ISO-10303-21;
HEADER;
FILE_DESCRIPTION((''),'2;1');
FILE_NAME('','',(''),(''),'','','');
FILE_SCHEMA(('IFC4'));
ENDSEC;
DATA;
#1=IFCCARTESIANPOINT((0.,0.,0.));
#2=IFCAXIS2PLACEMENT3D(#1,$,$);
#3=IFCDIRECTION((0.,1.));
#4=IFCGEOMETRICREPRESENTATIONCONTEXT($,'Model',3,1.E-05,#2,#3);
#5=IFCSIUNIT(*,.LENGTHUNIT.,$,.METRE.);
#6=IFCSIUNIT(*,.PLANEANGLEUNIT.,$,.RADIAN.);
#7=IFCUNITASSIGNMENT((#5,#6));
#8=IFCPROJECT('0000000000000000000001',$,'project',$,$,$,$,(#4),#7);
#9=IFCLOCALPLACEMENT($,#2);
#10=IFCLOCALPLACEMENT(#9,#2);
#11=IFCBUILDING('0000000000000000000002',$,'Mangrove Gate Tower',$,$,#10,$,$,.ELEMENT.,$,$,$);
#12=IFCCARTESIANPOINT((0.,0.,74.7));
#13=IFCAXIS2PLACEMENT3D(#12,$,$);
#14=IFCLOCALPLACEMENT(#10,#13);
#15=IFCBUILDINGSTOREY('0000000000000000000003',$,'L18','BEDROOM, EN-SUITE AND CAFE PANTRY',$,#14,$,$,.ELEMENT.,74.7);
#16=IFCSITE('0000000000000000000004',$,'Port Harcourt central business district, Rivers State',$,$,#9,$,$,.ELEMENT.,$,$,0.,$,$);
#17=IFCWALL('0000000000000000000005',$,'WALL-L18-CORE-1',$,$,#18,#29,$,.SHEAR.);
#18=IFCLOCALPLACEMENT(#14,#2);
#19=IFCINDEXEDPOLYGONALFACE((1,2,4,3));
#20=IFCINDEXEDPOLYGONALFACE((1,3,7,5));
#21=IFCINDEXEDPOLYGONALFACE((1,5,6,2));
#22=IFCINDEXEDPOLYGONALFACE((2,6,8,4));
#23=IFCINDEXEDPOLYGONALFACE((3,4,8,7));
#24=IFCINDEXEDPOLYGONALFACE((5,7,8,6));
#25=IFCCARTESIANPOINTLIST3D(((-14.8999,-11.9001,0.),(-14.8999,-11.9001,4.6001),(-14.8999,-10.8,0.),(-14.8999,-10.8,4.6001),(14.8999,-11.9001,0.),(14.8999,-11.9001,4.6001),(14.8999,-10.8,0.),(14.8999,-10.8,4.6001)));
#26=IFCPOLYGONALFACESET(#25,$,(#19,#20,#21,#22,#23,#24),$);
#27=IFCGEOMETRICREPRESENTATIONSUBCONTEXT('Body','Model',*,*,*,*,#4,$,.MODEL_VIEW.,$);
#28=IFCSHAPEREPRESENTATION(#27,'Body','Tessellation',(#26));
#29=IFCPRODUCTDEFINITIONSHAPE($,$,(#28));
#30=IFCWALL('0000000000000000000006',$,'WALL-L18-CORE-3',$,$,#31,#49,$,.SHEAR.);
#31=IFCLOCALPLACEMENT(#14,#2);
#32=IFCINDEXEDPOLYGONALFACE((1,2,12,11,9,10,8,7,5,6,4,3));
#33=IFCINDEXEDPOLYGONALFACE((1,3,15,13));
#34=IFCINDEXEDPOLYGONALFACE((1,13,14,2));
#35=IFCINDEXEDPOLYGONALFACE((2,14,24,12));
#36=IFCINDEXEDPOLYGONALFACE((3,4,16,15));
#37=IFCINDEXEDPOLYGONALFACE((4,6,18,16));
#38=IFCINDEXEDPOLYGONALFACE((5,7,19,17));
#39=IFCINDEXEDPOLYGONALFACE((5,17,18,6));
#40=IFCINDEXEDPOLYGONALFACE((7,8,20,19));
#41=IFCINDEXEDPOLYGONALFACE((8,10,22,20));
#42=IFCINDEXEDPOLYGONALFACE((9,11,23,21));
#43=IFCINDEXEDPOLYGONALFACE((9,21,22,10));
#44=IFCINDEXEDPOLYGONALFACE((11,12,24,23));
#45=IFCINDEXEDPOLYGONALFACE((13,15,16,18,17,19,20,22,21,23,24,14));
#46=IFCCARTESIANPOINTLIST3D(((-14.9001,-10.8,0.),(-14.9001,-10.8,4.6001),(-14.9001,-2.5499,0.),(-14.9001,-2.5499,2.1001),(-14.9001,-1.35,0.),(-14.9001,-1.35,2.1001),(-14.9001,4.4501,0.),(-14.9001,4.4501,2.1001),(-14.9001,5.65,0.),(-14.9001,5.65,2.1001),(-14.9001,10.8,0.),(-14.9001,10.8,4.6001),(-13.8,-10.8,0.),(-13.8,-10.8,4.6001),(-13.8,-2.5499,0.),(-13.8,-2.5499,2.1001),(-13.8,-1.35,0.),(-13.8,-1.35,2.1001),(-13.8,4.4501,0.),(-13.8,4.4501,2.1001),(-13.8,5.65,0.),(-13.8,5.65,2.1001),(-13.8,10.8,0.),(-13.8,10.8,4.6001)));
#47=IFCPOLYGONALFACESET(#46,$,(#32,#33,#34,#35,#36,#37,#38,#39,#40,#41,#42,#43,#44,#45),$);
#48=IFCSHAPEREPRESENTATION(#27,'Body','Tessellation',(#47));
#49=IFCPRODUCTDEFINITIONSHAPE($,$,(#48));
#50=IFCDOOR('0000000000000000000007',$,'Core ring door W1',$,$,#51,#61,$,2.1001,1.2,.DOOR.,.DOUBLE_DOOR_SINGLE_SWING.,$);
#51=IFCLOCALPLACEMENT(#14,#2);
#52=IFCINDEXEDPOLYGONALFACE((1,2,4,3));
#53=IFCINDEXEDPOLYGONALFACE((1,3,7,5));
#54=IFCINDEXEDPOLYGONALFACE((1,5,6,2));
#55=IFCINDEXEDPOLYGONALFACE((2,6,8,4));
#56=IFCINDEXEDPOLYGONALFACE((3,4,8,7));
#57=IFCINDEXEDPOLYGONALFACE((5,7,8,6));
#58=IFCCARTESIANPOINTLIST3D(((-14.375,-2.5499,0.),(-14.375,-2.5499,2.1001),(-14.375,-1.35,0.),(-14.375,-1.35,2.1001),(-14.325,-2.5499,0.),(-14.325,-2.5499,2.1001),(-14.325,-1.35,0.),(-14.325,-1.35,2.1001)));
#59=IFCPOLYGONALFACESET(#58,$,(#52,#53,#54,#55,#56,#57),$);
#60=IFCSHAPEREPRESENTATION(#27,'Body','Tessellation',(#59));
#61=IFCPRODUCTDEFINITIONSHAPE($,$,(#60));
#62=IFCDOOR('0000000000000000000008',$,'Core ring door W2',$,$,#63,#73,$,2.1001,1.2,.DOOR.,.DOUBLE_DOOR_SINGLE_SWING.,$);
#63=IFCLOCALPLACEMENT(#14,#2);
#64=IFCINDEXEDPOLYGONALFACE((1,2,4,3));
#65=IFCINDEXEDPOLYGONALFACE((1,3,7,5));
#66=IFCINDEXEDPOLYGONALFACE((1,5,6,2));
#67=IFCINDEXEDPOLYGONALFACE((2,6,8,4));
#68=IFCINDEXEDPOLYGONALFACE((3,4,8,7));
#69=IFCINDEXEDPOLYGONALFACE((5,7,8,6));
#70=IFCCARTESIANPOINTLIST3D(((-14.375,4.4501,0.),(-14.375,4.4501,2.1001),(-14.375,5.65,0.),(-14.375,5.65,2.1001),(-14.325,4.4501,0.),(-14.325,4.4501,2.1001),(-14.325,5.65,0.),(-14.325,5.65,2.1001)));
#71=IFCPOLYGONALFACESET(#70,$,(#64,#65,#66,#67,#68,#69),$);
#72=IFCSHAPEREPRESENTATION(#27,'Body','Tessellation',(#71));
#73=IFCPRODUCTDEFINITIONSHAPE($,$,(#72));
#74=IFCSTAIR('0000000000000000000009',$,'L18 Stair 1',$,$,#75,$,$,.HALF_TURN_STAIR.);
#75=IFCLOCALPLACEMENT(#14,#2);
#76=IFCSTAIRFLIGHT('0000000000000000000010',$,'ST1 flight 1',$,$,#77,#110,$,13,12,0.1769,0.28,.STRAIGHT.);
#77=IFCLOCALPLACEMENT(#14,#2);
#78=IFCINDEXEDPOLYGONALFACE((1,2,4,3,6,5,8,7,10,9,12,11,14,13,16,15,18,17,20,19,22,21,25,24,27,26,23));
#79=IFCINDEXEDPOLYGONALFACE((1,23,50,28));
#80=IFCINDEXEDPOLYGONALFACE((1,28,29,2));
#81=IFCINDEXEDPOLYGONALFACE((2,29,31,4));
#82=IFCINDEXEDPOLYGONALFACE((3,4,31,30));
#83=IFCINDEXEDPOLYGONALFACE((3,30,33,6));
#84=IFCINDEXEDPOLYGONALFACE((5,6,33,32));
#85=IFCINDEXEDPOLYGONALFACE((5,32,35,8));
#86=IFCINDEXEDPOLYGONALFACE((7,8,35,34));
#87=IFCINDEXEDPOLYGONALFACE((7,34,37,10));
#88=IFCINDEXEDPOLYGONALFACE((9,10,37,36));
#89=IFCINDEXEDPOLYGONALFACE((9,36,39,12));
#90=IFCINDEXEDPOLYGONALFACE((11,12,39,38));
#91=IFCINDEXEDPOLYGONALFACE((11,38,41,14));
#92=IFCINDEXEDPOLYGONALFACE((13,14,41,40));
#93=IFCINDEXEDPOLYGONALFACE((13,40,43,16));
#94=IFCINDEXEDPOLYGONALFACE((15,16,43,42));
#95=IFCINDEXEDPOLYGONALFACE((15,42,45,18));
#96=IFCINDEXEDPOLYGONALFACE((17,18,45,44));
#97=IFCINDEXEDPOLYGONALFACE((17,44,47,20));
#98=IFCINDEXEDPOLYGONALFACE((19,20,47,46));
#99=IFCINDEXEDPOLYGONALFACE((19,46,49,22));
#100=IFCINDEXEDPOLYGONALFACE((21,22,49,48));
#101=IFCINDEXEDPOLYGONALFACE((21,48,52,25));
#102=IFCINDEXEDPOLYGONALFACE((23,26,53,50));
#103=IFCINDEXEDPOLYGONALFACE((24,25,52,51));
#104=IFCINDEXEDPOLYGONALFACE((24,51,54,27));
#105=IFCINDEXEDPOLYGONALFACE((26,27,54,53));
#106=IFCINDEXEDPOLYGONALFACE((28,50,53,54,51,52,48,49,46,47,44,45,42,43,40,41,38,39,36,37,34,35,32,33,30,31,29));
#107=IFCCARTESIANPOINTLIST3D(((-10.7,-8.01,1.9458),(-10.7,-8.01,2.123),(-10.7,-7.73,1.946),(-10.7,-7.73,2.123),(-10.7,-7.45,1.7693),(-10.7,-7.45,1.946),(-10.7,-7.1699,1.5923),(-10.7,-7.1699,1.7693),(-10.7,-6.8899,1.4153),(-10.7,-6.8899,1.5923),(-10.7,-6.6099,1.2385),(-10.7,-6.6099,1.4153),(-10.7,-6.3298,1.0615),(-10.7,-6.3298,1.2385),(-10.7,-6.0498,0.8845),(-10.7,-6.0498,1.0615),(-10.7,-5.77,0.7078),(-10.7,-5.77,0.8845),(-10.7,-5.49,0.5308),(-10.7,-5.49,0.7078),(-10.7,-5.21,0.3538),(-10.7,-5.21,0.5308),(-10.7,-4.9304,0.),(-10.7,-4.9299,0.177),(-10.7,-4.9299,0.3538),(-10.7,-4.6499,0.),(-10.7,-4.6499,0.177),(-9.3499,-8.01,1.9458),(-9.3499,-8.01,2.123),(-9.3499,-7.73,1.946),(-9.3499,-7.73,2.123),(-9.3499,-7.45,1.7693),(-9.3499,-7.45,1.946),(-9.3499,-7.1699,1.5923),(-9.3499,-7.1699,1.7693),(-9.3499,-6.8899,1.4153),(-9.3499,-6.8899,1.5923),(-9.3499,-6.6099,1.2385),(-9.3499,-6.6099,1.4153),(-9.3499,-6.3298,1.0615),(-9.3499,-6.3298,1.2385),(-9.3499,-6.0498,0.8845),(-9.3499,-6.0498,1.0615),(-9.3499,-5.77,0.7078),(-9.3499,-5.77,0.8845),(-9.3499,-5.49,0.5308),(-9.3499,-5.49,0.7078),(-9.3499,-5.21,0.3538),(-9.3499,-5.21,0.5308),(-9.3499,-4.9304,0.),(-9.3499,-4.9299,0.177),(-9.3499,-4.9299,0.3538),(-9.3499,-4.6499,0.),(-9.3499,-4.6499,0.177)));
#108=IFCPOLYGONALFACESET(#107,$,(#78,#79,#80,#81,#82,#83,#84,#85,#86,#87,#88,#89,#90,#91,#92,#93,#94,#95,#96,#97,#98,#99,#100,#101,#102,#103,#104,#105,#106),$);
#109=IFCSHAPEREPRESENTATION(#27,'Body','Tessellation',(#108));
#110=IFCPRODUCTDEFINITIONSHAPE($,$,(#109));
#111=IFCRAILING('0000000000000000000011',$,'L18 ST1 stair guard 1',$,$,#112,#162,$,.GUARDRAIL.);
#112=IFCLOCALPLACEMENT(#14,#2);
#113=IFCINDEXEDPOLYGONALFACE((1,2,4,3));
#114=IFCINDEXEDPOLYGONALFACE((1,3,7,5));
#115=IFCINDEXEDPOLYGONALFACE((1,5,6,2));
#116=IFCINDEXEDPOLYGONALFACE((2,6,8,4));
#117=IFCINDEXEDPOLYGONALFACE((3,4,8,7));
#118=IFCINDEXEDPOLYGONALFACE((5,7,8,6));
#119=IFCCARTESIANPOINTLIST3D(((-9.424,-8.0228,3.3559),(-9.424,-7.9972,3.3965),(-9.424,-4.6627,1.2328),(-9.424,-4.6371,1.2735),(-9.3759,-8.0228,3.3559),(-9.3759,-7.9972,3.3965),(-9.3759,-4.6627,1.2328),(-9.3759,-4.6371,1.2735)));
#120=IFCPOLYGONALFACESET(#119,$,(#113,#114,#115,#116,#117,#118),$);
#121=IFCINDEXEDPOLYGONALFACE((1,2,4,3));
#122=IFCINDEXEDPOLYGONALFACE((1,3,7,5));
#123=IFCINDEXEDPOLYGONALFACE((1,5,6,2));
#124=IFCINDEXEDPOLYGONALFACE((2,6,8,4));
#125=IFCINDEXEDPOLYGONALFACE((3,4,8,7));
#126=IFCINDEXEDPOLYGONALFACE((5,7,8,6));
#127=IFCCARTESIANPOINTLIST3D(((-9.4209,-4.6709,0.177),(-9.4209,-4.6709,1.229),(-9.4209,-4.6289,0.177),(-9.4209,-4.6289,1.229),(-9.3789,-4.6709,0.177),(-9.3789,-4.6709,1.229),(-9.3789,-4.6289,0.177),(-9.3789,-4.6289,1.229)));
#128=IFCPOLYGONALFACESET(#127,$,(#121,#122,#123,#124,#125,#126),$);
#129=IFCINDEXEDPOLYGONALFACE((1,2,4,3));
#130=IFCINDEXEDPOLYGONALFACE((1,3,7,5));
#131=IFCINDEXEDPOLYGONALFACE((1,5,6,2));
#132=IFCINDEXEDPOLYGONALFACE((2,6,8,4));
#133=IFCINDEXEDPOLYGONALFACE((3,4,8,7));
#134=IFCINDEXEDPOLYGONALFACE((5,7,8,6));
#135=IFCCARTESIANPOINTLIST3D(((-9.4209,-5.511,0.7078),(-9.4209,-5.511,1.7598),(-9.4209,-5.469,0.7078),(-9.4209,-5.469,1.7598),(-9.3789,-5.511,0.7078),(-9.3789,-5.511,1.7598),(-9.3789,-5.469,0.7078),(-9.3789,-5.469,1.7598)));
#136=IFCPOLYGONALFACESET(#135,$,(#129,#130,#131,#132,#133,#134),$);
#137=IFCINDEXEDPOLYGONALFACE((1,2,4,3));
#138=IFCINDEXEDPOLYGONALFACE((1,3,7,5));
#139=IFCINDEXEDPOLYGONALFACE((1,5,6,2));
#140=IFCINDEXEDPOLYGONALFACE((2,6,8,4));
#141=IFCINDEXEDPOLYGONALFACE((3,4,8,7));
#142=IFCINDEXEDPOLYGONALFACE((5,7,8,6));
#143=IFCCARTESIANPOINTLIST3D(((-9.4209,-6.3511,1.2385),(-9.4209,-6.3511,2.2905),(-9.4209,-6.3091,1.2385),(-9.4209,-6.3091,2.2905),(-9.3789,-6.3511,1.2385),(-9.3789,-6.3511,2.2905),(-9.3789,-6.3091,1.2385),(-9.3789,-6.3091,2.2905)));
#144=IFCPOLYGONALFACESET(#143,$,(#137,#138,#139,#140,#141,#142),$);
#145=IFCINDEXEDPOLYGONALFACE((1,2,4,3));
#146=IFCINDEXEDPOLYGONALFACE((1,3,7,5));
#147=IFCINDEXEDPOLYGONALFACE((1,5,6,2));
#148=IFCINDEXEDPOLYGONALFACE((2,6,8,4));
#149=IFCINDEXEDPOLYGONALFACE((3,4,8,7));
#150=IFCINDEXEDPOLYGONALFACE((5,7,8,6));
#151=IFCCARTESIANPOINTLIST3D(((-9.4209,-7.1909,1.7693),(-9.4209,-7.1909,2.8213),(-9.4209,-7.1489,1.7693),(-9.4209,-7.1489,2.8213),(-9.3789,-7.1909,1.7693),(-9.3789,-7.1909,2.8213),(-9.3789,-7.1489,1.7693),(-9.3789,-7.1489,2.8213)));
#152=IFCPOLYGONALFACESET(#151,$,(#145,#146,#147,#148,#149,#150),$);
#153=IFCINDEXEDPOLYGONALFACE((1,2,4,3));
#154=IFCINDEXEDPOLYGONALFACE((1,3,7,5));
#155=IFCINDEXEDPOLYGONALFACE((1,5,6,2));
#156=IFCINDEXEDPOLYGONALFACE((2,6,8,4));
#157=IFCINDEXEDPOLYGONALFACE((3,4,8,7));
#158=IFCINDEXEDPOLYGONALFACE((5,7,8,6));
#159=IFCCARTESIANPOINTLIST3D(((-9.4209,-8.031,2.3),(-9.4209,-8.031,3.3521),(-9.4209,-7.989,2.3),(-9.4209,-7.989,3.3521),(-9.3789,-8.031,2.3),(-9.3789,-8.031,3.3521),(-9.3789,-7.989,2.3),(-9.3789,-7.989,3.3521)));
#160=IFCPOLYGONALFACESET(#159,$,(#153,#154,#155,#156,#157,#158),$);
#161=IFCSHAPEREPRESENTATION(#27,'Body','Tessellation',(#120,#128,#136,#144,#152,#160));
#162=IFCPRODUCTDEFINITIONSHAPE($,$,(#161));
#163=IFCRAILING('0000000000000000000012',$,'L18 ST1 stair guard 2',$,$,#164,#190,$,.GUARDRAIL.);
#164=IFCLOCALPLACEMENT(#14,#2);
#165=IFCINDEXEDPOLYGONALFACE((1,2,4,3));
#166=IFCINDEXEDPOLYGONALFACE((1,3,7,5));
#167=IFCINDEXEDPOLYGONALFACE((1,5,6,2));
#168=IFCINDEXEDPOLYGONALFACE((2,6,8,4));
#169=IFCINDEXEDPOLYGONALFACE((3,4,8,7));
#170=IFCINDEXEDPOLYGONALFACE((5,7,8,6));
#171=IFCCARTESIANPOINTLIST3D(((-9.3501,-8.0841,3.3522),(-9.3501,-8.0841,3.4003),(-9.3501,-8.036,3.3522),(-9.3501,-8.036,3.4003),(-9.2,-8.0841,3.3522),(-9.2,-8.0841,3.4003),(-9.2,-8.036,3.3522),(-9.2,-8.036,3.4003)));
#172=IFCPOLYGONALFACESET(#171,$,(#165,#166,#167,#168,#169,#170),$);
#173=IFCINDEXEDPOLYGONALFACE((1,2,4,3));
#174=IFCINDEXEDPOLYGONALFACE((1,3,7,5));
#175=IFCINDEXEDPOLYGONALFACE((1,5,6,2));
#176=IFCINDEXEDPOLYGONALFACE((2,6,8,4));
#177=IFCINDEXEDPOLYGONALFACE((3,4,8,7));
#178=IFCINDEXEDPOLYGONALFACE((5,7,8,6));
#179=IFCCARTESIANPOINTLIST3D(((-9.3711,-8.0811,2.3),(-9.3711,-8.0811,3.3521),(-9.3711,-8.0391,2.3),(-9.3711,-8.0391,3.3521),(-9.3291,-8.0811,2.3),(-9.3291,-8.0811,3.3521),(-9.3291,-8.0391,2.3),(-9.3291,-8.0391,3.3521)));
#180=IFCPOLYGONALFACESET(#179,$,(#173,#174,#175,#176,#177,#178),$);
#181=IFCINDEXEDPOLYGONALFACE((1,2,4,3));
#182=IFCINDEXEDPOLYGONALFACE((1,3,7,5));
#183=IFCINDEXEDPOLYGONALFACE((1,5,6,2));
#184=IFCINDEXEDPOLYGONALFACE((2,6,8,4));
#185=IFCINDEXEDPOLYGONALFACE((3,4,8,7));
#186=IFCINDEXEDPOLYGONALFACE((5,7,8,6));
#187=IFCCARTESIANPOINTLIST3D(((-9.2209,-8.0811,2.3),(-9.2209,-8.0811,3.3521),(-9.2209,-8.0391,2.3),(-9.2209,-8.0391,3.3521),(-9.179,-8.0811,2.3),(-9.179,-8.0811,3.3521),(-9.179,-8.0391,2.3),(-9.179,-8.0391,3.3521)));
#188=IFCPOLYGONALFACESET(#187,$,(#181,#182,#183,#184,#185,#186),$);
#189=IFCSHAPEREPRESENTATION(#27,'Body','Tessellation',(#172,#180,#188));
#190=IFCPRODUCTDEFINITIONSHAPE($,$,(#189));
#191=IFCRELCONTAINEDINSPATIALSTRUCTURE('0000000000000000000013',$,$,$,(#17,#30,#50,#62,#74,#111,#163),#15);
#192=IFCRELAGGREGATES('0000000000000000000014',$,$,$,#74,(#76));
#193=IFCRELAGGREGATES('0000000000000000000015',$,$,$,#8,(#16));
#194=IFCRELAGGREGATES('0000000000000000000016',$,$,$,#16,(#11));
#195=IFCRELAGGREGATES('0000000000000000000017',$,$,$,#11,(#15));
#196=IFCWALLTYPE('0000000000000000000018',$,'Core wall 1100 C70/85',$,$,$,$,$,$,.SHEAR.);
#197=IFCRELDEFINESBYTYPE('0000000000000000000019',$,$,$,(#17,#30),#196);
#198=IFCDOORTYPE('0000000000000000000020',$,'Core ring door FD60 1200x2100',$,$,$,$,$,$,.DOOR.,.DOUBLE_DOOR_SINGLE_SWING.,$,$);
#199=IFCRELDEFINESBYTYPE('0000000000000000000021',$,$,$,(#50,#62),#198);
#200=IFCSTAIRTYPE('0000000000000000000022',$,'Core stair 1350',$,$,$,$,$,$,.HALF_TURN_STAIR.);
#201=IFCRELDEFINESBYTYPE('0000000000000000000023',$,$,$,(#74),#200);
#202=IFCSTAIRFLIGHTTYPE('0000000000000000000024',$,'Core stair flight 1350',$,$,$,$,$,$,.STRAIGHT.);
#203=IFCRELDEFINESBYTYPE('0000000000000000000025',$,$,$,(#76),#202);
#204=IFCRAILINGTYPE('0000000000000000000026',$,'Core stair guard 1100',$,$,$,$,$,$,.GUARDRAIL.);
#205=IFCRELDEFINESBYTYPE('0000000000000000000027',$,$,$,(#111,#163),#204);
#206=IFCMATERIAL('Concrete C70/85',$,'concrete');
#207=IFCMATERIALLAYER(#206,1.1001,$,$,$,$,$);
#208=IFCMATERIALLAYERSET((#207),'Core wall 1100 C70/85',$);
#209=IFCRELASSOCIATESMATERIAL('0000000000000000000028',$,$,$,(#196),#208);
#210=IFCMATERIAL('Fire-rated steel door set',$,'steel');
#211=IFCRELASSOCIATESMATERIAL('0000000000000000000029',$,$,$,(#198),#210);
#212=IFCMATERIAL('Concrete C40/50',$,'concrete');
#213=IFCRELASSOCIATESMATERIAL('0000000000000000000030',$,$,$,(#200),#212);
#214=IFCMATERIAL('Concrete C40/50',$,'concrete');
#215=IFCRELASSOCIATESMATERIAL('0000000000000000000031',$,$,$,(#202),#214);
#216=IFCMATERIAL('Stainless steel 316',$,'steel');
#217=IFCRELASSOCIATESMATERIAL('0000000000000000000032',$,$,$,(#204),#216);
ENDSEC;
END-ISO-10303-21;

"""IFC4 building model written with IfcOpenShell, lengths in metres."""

from ifc_helpers import new_model, si_unit, direction, frame, frame_2d, origin, origin_2d, place, context, subcontext, project, spatial, polyline, rectangle, outline, extrude, material, layer, layer_set, type_object, element, fill, aggregate, save


model = new_model("IFC4")

# Units and contexts
model_context = context("Model", 3, precision=1e-05, world=origin(), true_north=direction((0.0, 1.0)))
body_context = subcontext(model_context, "Body", "Model", "MODEL_VIEW")
ifc_project = project(units=[si_unit("LENGTHUNIT", "METRE"), si_unit("PLANEANGLEUNIT", "RADIAN")], contexts=[model_context])

# Site, building, storey
site_placement = place(None, origin())
site = spatial("IfcSite", under=ifc_project, at=site_placement, Name="Port Harcourt central business district, Rivers State", CompositionType="ELEMENT", RefElevation=0.0)
building_placement = place(site_placement, origin())
building = spatial("IfcBuilding", under=site, at=building_placement, Name="Mangrove Gate Tower", CompositionType="ELEMENT")
storey_placement = place(building_placement, frame((0.0, 0.0, 74.7)))
storey = spatial("IfcBuildingStorey", under=building, at=storey_placement, Name="L18", Description="BEDROOM, EN-SUITE AND CAFE PANTRY", CompositionType="ELEMENT", Elevation=74.7)

# Wall
ifc_material_1 = material(Name="Concrete C70/85", Category="concrete")
ifc_layer_1 = layer(ifc_material_1, 1.1001)
ifc_layer_set_1 = layer_set([ifc_layer_1], Name="Core wall 1100 C70/85")
wall_type_1 = type_object("IfcWallType", Name="Core wall 1100 C70/85", PredefinedType="SHEAR", material=ifc_layer_set_1)
wall_1_placement = place(storey_placement, frame((-14.8999, -11.3501, 0.0), z_axis=(0.0, 0.0, 1.0), x_axis=(1.0, 0.0, 0.0)))
element("IfcWall", 1, at=wall_1_placement, inside=storey, type_object=wall_type_1, Name="WALL-L18-CORE-1", PredefinedType="SHEAR", context=body_context, shape_type="SweptSolid", body=[
    extrude(rectangle(XDim=29.7998, YDim=1.1001, at=frame_2d((14.8999, 0.0))), origin(), (0.0, 0.0, 1.0), 4.6001),
])

# Wall, openings, doors
wall_2_placement = place(storey_placement, frame((-14.3501, -10.8, 0.0), z_axis=(0.0, 0.0, 1.0), x_axis=(0.0, 1.0, 0.0)))
wall_2 = element("IfcWall", 2, at=wall_2_placement, inside=storey, type_object=wall_type_1, Name="WALL-L18-CORE-3", PredefinedType="SHEAR", context=body_context, shape_type="SweptSolid", body=[
    extrude(rectangle(XDim=21.6001, YDim=1.1001, at=frame_2d((10.8, 0.0))), origin(), (0.0, 0.0, 1.0), 4.6001),
])
opening_1_placement = place(wall_2_placement, frame((8.25, 0.0, 0.0)))
opening_1 = element("IfcOpeningElement", 3, at=opening_1_placement, cuts=wall_2, PredefinedType="OPENING", context=body_context, shape_type="SweptSolid", body=[
    extrude(rectangle(XDim=1.2, YDim=2.1001, at=frame_2d((0.6001, 1.05))), frame((0.0, 0.5601, 0.0), z_axis=(0.0, -1.0, 0.0), x_axis=(1.0, 0.0, 0.0)), (0.0, 0.0, 1.0), 1.1201),
])
opening_2_placement = place(wall_2_placement, frame((15.25, 0.0, 0.0)))
opening_2 = element("IfcOpeningElement", 4, at=opening_2_placement, cuts=wall_2, PredefinedType="OPENING", context=body_context, shape_type="SweptSolid", body=[
    extrude(rectangle(XDim=1.2, YDim=2.1001, at=frame_2d((0.6001, 1.05))), frame((0.0, 0.5601, 0.0), z_axis=(0.0, -1.0, 0.0), x_axis=(1.0, 0.0, 0.0)), (0.0, 0.0, 1.0), 1.1201),
])
ifc_material_2 = material(Name="Fire-rated steel door set", Category="steel")
door_type_1 = type_object("IfcDoorType", Name="Core ring door FD60 1200x2100", OperationType="DOUBLE_DOOR_SINGLE_SWING", PredefinedType="DOOR", material=ifc_material_2)
door_1_placement = place(opening_1_placement, origin())
door_1 = element("IfcDoor", 5, at=door_1_placement, inside=storey, type_object=door_type_1, Name="Core ring door W1", OperationType="DOUBLE_DOOR_SINGLE_SWING", OverallHeight=2.1001, OverallWidth=1.2, PredefinedType="DOOR", context=body_context, shape_type="SweptSolid", body=[
    extrude(rectangle(XDim=1.2, YDim=2.1001, at=frame_2d((0.6001, 1.05))), frame((0.0, 0.0249, 0.0), z_axis=(0.0, -1.0, 0.0), x_axis=(1.0, 0.0, 0.0)), (0.0, 0.0, 1.0), 0.05),
])
fill(opening_1, door_1)
door_2_placement = place(opening_2_placement, origin())
door_2 = element("IfcDoor", 6, at=door_2_placement, inside=storey, type_object=door_type_1, Name="Core ring door W2", OperationType="DOUBLE_DOOR_SINGLE_SWING", OverallHeight=2.1001, OverallWidth=1.2, PredefinedType="DOOR", context=body_context, shape_type="SweptSolid", body=[
    extrude(rectangle(XDim=1.2, YDim=2.1001, at=frame_2d((0.6001, 1.05))), frame((0.0, 0.0249, 0.0), z_axis=(0.0, -1.0, 0.0), x_axis=(1.0, 0.0, 0.0)), (0.0, 0.0, 1.0), 0.05),
])
fill(opening_2, door_2)

# Stair, stair flight
ifc_material_3 = material(Name="Concrete C40/50", Category="concrete")
stair_type = type_object("IfcStairType", Name="Core stair 1350", PredefinedType="HALF_TURN_STAIR", material=ifc_material_3)
stair_placement = place(storey_placement, origin())
stair = element("IfcStair", 7, at=stair_placement, inside=storey, type_object=stair_type, Name="L18 Stair 1", PredefinedType="HALF_TURN_STAIR")
ifc_material_4 = material(Name="Concrete C40/50", Category="concrete")
stair_flight_type = type_object("IfcStairFlightType", Name="Core stair flight 1350", PredefinedType="STRAIGHT", material=ifc_material_4)
stair_flight_placement = place(storey_placement, frame((-10.0249, -4.6499, 0.0), z_axis=(0.0, 0.0, 1.0), x_axis=(0.0, -1.0, 0.0)))
stair_flight = element("IfcStairFlight", 8, at=stair_flight_placement, type_object=stair_flight_type, Name="ST1 flight 1", NumberOfRisers=13, NumberOfTreads=12, PredefinedType="STRAIGHT", RiserHeight=0.1769, TreadLength=0.28, context=body_context, shape_type="SweptSolid", body=[
    extrude(outline(polyline([(0.0, 0.0), (0.0, 0.177), (0.28, 0.177), (0.28, 0.3538), (0.5601, 0.3538), (0.5601, 0.5308), (0.8401, 0.5308), (0.8401, 0.7078), (1.1201, 0.7078), (1.1201, 0.8845), (1.3999, 0.8845), (1.3999, 1.0615), (1.6799, 1.0615), (1.6799, 1.2385), (1.96, 1.2385), (1.96, 1.4153), (2.24, 1.4153), (2.24, 1.5923), (2.52, 1.5923), (2.52, 1.7693), (2.8, 1.7693), (2.8, 1.946), (3.0801, 1.946), (3.0801, 2.123), (3.3601, 2.123), (3.3601, 2.3), (3.3601, 1.9458), (0.2805, 0.0), (0.0, 0.0)])), frame((0.0, 0.675, 0.0), z_axis=(0.0, -1.0, 0.0), x_axis=(1.0, 0.0, 0.0)), (0.0, 0.0, 1.0), 1.3501),
])
aggregate(stair, [stair_flight])

# Railings
ifc_material_5 = material(Name="Stainless steel 316", Category="steel")
railing_type_1 = type_object("IfcRailingType", Name="Core stair guard 1100", PredefinedType="GUARDRAIL", material=ifc_material_5)
railing_1_placement = place(storey_placement, frame((-9.3999, -4.6499, 0.177)))
element("IfcRailing", 9, at=railing_1_placement, inside=storey, type_object=railing_type_1, Name="L18 ST1 stair guard 1", PredefinedType="GUARDRAIL", context=body_context, shape_type="SweptSolid", body=[
    extrude(rectangle(XDim=0.0481, YDim=0.0481, at=origin_2d()), frame((0.0, 0.0, 1.0762), z_axis=(0.0, -0.84539, 0.53415), x_axis=(1.0, 0.0, 0.0)), (0.0, 0.0, 1.0), 3.9746),
    extrude(rectangle(XDim=0.042, YDim=0.042, at=origin_2d()), origin(), (0.0, 0.0, 1.0), 1.052),
    extrude(rectangle(XDim=0.042, YDim=0.042, at=origin_2d()), frame((0.0, -0.8401, 0.5308)), (0.0, 0.0, 1.0), 1.052),
    extrude(rectangle(XDim=0.042, YDim=0.042, at=origin_2d()), frame((0.0, -1.6802, 1.0615)), (0.0, 0.0, 1.0), 1.052),
    extrude(rectangle(XDim=0.042, YDim=0.042, at=origin_2d()), frame((0.0, -2.52, 1.5923)), (0.0, 0.0, 1.0), 1.052),
    extrude(rectangle(XDim=0.042, YDim=0.042, at=origin_2d()), frame((0.0, -3.3601, 2.123)), (0.0, 0.0, 1.0), 1.052),
])
railing_2_placement = place(storey_placement, frame((-9.3501, -8.0601, 2.3)))
element("IfcRailing", 10, at=railing_2_placement, inside=storey, type_object=railing_type_1, Name="L18 ST1 stair guard 2", PredefinedType="GUARDRAIL", context=body_context, shape_type="SweptSolid", body=[
    extrude(rectangle(XDim=0.0481, YDim=0.0481, at=origin_2d()), frame((0.0, 0.0, 1.0762), z_axis=(1.0, 0.0, 0.0), x_axis=(0.0, 1.0, 0.0)), (0.0, 0.0, 1.0), 0.1501),
    extrude(rectangle(XDim=0.042, YDim=0.042, at=origin_2d()), origin(), (0.0, 0.0, 1.0), 1.052),
    extrude(rectangle(XDim=0.042, YDim=0.042, at=origin_2d()), frame((0.1501, 0.0, 0.0)), (0.0, 0.0, 1.0), 1.052),
])

save(model, "model.ifc")
